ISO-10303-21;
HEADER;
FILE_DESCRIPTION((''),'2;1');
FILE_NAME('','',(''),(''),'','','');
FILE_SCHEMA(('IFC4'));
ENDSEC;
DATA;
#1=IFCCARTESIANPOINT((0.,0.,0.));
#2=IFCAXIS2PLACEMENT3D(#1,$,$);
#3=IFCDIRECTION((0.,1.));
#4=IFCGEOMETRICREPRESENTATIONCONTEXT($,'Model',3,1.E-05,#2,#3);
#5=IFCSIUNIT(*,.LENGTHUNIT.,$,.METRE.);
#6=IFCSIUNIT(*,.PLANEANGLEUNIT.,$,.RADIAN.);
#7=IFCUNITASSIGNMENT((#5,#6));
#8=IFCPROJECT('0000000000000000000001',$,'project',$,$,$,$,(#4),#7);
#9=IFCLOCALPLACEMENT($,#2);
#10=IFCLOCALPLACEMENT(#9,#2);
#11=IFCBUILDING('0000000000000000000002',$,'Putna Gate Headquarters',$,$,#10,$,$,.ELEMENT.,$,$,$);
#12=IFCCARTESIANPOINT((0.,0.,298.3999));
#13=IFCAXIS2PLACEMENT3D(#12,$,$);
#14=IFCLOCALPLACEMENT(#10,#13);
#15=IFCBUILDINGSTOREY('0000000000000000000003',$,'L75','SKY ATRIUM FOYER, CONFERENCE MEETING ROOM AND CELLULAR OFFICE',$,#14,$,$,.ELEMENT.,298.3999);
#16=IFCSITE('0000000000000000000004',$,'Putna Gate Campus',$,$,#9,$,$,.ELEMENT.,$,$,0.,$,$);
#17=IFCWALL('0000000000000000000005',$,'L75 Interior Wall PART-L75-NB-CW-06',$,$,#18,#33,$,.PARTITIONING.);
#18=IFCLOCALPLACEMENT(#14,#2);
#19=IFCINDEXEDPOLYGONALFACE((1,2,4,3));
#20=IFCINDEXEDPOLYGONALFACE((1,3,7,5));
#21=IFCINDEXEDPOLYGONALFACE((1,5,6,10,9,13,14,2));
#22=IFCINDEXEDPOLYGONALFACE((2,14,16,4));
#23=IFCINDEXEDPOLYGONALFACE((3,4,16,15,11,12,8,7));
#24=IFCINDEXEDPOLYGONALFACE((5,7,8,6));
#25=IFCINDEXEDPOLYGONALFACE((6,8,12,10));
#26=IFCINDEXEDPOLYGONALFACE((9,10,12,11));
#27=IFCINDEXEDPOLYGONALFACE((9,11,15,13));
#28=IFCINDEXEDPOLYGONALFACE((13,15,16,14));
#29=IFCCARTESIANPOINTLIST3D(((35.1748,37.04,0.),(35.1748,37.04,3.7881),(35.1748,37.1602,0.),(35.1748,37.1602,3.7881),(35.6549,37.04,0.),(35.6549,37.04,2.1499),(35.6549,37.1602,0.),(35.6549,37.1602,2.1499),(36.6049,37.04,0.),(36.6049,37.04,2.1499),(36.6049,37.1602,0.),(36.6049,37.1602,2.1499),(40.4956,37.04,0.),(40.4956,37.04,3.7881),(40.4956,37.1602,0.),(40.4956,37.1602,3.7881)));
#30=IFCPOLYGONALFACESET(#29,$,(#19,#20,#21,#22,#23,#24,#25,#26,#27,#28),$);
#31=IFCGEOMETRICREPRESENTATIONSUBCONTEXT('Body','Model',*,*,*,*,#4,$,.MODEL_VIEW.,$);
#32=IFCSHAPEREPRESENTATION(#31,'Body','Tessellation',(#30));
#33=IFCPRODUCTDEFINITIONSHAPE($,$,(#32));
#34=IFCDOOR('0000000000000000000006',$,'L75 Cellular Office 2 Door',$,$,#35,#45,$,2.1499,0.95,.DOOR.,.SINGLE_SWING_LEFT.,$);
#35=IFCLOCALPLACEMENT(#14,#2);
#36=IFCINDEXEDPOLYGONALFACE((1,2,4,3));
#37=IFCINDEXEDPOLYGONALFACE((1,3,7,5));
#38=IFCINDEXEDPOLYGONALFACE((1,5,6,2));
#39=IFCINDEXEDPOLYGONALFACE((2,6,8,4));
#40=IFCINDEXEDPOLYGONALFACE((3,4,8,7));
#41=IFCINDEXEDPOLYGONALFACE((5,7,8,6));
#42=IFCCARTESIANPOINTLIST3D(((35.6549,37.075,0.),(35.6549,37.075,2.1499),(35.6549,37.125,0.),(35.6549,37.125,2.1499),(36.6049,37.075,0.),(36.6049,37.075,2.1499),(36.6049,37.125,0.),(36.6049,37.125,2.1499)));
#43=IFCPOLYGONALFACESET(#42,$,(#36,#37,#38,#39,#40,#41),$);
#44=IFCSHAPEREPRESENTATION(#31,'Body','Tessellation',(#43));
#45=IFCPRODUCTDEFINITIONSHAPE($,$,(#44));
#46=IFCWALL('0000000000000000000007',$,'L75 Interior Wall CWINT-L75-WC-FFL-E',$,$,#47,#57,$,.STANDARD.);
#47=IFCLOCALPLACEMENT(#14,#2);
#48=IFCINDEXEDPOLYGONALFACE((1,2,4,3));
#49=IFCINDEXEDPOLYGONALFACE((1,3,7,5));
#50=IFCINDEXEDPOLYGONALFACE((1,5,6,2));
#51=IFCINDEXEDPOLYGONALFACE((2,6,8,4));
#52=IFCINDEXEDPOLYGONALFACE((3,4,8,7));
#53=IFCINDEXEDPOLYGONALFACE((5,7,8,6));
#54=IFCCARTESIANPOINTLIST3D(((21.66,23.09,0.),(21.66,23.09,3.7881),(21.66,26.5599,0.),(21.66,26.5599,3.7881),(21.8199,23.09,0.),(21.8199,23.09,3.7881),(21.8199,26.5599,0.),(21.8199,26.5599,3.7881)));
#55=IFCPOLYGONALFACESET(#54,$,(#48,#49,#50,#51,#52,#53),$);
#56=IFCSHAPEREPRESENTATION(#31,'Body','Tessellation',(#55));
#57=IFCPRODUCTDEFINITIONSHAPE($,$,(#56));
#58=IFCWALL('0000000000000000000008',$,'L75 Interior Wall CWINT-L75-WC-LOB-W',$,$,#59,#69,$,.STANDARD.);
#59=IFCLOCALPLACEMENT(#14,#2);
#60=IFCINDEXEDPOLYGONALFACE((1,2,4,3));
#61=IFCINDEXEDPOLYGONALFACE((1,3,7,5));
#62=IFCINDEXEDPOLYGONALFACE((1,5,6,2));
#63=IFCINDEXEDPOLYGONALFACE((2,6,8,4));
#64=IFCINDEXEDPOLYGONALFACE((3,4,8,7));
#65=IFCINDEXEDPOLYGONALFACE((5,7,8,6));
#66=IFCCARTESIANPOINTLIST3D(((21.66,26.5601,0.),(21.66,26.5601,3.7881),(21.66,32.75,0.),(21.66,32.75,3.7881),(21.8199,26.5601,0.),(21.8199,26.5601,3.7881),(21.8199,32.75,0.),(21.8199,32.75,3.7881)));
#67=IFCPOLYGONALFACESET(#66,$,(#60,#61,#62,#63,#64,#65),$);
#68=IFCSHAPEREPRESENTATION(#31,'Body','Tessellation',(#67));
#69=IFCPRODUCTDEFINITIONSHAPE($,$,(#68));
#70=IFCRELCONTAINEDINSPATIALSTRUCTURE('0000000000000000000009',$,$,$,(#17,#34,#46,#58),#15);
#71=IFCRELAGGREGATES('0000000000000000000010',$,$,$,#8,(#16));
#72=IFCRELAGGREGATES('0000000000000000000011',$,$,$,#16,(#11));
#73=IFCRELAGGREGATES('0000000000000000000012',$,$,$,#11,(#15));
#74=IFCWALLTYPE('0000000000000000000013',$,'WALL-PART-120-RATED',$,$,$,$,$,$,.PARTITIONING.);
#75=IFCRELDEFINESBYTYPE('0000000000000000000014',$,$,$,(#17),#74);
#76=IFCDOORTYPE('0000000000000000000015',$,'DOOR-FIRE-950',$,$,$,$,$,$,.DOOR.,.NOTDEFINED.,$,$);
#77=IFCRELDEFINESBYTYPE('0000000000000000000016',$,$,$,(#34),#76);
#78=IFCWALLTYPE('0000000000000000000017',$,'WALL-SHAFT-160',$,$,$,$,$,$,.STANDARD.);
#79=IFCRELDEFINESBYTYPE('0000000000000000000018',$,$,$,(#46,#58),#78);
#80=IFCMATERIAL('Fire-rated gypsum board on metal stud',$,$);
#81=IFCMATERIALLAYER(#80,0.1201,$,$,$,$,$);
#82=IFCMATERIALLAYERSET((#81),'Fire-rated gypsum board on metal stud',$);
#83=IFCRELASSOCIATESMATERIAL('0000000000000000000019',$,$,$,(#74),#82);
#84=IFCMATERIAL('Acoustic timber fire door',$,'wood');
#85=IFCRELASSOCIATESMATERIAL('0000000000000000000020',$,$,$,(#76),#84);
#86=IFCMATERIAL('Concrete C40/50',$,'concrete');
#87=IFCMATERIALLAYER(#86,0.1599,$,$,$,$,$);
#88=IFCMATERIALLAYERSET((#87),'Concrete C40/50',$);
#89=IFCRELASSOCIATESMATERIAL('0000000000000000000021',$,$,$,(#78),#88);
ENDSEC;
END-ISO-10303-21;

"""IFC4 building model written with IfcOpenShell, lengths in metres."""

from ifc_helpers import new_model, si_unit, direction, frame, frame_2d, origin, place, context, subcontext, project, spatial, rectangle, extrude, material, layer, layer_set, type_object, element, fill, save


model = new_model("IFC4")

# Units and contexts
model_context = context("Model", 3, precision=1e-05, world=origin(), true_north=direction((0.0, 1.0)))
body_context = subcontext(model_context, "Body", "Model", "MODEL_VIEW")
ifc_project = project(units=[si_unit("LENGTHUNIT", "METRE"), si_unit("PLANEANGLEUNIT", "RADIAN")], contexts=[model_context])

# Site, building, storey
site_placement = place(None, origin())
site = spatial("IfcSite", under=ifc_project, at=site_placement, Name="Putna Gate Campus", CompositionType="ELEMENT", RefElevation=0.0)
building_placement = place(site_placement, origin())
building = spatial("IfcBuilding", under=site, at=building_placement, Name="Putna Gate Headquarters", CompositionType="ELEMENT")
storey_placement = place(building_placement, frame((0.0, 0.0, 298.3999)))
storey = spatial("IfcBuildingStorey", under=building, at=storey_placement, Name="L75", Description="SKY ATRIUM FOYER, CONFERENCE MEETING ROOM AND CELLULAR OFFICE", CompositionType="ELEMENT", Elevation=298.3999)

# Shared definitions
ifc_material_1 = material(Name="Fire-rated gypsum board on metal stud")
ifc_layer_1 = layer(ifc_material_1, 0.1201)
ifc_layer_set_1 = layer_set([ifc_layer_1], Name="Fire-rated gypsum board on metal stud")
wall_type_1 = type_object("IfcWallType", Name="WALL-PART-120-RATED", PredefinedType="PARTITIONING", material=ifc_layer_set_1)

# Wall, opening, door
ifc_material_2 = material(Name="Acoustic timber fire door", Category="wood")
door_type = type_object("IfcDoorType", Name="DOOR-FIRE-950", OperationType="NOTDEFINED", PredefinedType="DOOR", material=ifc_material_2)
wall_1_placement = place(storey_placement, frame((35.1748, 37.1001, 0.0), z_axis=(0.0, 0.0, 1.0), x_axis=(1.0, 0.0, 0.0)))
wall_1 = element("IfcWall", 1, at=wall_1_placement, inside=storey, type_object=wall_type_1, Name="L75 Interior Wall PART-L75-NB-CW-06", PredefinedType="PARTITIONING", context=body_context, shape_type="SweptSolid", body=[
    extrude(rectangle(XDim=5.3208, YDim=0.1201, at=frame_2d((2.6604, 0.0))), origin(), (0.0, 0.0, 1.0), 3.7881),
])
opening_1_placement = place(wall_1_placement, frame((0.48, 0.0, 0.0)))
opening_1 = element("IfcOpeningElement", 2, at=opening_1_placement, cuts=wall_1, PredefinedType="OPENING", context=body_context, shape_type="SweptSolid", body=[
    extrude(rectangle(XDim=0.95, YDim=2.1499, at=frame_2d((0.4751, 1.075))), frame((0.0, 0.0701, 0.0), z_axis=(0.0, -1.0, 0.0), x_axis=(1.0, 0.0, 0.0)), (0.0, 0.0, 1.0), 0.1401),
])
door_1_placement = place(opening_1_placement, origin())
door_1 = element("IfcDoor", 3, at=door_1_placement, inside=storey, type_object=door_type, Name="L75 Cellular Office 2 Door", OperationType="SINGLE_SWING_LEFT", OverallHeight=2.1499, OverallWidth=0.95, PredefinedType="DOOR", context=body_context, shape_type="SweptSolid", body=[
    extrude(rectangle(XDim=0.95, YDim=2.1499, at=frame_2d((0.4751, 1.075))), frame((0.0, 0.0249, 0.0), z_axis=(0.0, -1.0, 0.0), x_axis=(1.0, 0.0, 0.0)), (0.0, 0.0, 1.0), 0.05),
])
fill(opening_1, door_1)

# Walls
ifc_material_3 = material(Name="Concrete C40/50", Category="concrete")
ifc_layer_2 = layer(ifc_material_3, 0.1599)
ifc_layer_set_2 = layer_set([ifc_layer_2], Name="Concrete C40/50")
wall_type_2 = type_object("IfcWallType", Name="WALL-SHAFT-160", PredefinedType="STANDARD", material=ifc_layer_set_2)
wall_2_placement = place(storey_placement, frame((21.74, 23.0901, 0.0), z_axis=(0.0, 0.0, 1.0), x_axis=(0.0, 1.0, 0.0)))
element("IfcWall", 4, at=wall_2_placement, inside=storey, type_object=wall_type_2, Name="L75 Interior Wall CWINT-L75-WC-FFL-E", PredefinedType="STANDARD", context=body_context, shape_type="SweptSolid", body=[
    extrude(rectangle(XDim=3.47, YDim=0.1599, at=frame_2d((1.7349, 0.0))), origin(), (0.0, 0.0, 1.0), 3.7881),
])
wall_3_placement = place(storey_placement, frame((21.74, 26.5601, 0.0), z_axis=(0.0, 0.0, 1.0), x_axis=(0.0, 1.0, 0.0)))
element("IfcWall", 5, at=wall_3_placement, inside=storey, type_object=wall_type_2, Name="L75 Interior Wall CWINT-L75-WC-LOB-W", PredefinedType="STANDARD", context=body_context, shape_type="SweptSolid", body=[
    extrude(rectangle(XDim=6.1899, YDim=0.1599, at=frame_2d((3.095, 0.0))), origin(), (0.0, 0.0, 1.0), 3.7881),
])

save(model, "model.ifc")
